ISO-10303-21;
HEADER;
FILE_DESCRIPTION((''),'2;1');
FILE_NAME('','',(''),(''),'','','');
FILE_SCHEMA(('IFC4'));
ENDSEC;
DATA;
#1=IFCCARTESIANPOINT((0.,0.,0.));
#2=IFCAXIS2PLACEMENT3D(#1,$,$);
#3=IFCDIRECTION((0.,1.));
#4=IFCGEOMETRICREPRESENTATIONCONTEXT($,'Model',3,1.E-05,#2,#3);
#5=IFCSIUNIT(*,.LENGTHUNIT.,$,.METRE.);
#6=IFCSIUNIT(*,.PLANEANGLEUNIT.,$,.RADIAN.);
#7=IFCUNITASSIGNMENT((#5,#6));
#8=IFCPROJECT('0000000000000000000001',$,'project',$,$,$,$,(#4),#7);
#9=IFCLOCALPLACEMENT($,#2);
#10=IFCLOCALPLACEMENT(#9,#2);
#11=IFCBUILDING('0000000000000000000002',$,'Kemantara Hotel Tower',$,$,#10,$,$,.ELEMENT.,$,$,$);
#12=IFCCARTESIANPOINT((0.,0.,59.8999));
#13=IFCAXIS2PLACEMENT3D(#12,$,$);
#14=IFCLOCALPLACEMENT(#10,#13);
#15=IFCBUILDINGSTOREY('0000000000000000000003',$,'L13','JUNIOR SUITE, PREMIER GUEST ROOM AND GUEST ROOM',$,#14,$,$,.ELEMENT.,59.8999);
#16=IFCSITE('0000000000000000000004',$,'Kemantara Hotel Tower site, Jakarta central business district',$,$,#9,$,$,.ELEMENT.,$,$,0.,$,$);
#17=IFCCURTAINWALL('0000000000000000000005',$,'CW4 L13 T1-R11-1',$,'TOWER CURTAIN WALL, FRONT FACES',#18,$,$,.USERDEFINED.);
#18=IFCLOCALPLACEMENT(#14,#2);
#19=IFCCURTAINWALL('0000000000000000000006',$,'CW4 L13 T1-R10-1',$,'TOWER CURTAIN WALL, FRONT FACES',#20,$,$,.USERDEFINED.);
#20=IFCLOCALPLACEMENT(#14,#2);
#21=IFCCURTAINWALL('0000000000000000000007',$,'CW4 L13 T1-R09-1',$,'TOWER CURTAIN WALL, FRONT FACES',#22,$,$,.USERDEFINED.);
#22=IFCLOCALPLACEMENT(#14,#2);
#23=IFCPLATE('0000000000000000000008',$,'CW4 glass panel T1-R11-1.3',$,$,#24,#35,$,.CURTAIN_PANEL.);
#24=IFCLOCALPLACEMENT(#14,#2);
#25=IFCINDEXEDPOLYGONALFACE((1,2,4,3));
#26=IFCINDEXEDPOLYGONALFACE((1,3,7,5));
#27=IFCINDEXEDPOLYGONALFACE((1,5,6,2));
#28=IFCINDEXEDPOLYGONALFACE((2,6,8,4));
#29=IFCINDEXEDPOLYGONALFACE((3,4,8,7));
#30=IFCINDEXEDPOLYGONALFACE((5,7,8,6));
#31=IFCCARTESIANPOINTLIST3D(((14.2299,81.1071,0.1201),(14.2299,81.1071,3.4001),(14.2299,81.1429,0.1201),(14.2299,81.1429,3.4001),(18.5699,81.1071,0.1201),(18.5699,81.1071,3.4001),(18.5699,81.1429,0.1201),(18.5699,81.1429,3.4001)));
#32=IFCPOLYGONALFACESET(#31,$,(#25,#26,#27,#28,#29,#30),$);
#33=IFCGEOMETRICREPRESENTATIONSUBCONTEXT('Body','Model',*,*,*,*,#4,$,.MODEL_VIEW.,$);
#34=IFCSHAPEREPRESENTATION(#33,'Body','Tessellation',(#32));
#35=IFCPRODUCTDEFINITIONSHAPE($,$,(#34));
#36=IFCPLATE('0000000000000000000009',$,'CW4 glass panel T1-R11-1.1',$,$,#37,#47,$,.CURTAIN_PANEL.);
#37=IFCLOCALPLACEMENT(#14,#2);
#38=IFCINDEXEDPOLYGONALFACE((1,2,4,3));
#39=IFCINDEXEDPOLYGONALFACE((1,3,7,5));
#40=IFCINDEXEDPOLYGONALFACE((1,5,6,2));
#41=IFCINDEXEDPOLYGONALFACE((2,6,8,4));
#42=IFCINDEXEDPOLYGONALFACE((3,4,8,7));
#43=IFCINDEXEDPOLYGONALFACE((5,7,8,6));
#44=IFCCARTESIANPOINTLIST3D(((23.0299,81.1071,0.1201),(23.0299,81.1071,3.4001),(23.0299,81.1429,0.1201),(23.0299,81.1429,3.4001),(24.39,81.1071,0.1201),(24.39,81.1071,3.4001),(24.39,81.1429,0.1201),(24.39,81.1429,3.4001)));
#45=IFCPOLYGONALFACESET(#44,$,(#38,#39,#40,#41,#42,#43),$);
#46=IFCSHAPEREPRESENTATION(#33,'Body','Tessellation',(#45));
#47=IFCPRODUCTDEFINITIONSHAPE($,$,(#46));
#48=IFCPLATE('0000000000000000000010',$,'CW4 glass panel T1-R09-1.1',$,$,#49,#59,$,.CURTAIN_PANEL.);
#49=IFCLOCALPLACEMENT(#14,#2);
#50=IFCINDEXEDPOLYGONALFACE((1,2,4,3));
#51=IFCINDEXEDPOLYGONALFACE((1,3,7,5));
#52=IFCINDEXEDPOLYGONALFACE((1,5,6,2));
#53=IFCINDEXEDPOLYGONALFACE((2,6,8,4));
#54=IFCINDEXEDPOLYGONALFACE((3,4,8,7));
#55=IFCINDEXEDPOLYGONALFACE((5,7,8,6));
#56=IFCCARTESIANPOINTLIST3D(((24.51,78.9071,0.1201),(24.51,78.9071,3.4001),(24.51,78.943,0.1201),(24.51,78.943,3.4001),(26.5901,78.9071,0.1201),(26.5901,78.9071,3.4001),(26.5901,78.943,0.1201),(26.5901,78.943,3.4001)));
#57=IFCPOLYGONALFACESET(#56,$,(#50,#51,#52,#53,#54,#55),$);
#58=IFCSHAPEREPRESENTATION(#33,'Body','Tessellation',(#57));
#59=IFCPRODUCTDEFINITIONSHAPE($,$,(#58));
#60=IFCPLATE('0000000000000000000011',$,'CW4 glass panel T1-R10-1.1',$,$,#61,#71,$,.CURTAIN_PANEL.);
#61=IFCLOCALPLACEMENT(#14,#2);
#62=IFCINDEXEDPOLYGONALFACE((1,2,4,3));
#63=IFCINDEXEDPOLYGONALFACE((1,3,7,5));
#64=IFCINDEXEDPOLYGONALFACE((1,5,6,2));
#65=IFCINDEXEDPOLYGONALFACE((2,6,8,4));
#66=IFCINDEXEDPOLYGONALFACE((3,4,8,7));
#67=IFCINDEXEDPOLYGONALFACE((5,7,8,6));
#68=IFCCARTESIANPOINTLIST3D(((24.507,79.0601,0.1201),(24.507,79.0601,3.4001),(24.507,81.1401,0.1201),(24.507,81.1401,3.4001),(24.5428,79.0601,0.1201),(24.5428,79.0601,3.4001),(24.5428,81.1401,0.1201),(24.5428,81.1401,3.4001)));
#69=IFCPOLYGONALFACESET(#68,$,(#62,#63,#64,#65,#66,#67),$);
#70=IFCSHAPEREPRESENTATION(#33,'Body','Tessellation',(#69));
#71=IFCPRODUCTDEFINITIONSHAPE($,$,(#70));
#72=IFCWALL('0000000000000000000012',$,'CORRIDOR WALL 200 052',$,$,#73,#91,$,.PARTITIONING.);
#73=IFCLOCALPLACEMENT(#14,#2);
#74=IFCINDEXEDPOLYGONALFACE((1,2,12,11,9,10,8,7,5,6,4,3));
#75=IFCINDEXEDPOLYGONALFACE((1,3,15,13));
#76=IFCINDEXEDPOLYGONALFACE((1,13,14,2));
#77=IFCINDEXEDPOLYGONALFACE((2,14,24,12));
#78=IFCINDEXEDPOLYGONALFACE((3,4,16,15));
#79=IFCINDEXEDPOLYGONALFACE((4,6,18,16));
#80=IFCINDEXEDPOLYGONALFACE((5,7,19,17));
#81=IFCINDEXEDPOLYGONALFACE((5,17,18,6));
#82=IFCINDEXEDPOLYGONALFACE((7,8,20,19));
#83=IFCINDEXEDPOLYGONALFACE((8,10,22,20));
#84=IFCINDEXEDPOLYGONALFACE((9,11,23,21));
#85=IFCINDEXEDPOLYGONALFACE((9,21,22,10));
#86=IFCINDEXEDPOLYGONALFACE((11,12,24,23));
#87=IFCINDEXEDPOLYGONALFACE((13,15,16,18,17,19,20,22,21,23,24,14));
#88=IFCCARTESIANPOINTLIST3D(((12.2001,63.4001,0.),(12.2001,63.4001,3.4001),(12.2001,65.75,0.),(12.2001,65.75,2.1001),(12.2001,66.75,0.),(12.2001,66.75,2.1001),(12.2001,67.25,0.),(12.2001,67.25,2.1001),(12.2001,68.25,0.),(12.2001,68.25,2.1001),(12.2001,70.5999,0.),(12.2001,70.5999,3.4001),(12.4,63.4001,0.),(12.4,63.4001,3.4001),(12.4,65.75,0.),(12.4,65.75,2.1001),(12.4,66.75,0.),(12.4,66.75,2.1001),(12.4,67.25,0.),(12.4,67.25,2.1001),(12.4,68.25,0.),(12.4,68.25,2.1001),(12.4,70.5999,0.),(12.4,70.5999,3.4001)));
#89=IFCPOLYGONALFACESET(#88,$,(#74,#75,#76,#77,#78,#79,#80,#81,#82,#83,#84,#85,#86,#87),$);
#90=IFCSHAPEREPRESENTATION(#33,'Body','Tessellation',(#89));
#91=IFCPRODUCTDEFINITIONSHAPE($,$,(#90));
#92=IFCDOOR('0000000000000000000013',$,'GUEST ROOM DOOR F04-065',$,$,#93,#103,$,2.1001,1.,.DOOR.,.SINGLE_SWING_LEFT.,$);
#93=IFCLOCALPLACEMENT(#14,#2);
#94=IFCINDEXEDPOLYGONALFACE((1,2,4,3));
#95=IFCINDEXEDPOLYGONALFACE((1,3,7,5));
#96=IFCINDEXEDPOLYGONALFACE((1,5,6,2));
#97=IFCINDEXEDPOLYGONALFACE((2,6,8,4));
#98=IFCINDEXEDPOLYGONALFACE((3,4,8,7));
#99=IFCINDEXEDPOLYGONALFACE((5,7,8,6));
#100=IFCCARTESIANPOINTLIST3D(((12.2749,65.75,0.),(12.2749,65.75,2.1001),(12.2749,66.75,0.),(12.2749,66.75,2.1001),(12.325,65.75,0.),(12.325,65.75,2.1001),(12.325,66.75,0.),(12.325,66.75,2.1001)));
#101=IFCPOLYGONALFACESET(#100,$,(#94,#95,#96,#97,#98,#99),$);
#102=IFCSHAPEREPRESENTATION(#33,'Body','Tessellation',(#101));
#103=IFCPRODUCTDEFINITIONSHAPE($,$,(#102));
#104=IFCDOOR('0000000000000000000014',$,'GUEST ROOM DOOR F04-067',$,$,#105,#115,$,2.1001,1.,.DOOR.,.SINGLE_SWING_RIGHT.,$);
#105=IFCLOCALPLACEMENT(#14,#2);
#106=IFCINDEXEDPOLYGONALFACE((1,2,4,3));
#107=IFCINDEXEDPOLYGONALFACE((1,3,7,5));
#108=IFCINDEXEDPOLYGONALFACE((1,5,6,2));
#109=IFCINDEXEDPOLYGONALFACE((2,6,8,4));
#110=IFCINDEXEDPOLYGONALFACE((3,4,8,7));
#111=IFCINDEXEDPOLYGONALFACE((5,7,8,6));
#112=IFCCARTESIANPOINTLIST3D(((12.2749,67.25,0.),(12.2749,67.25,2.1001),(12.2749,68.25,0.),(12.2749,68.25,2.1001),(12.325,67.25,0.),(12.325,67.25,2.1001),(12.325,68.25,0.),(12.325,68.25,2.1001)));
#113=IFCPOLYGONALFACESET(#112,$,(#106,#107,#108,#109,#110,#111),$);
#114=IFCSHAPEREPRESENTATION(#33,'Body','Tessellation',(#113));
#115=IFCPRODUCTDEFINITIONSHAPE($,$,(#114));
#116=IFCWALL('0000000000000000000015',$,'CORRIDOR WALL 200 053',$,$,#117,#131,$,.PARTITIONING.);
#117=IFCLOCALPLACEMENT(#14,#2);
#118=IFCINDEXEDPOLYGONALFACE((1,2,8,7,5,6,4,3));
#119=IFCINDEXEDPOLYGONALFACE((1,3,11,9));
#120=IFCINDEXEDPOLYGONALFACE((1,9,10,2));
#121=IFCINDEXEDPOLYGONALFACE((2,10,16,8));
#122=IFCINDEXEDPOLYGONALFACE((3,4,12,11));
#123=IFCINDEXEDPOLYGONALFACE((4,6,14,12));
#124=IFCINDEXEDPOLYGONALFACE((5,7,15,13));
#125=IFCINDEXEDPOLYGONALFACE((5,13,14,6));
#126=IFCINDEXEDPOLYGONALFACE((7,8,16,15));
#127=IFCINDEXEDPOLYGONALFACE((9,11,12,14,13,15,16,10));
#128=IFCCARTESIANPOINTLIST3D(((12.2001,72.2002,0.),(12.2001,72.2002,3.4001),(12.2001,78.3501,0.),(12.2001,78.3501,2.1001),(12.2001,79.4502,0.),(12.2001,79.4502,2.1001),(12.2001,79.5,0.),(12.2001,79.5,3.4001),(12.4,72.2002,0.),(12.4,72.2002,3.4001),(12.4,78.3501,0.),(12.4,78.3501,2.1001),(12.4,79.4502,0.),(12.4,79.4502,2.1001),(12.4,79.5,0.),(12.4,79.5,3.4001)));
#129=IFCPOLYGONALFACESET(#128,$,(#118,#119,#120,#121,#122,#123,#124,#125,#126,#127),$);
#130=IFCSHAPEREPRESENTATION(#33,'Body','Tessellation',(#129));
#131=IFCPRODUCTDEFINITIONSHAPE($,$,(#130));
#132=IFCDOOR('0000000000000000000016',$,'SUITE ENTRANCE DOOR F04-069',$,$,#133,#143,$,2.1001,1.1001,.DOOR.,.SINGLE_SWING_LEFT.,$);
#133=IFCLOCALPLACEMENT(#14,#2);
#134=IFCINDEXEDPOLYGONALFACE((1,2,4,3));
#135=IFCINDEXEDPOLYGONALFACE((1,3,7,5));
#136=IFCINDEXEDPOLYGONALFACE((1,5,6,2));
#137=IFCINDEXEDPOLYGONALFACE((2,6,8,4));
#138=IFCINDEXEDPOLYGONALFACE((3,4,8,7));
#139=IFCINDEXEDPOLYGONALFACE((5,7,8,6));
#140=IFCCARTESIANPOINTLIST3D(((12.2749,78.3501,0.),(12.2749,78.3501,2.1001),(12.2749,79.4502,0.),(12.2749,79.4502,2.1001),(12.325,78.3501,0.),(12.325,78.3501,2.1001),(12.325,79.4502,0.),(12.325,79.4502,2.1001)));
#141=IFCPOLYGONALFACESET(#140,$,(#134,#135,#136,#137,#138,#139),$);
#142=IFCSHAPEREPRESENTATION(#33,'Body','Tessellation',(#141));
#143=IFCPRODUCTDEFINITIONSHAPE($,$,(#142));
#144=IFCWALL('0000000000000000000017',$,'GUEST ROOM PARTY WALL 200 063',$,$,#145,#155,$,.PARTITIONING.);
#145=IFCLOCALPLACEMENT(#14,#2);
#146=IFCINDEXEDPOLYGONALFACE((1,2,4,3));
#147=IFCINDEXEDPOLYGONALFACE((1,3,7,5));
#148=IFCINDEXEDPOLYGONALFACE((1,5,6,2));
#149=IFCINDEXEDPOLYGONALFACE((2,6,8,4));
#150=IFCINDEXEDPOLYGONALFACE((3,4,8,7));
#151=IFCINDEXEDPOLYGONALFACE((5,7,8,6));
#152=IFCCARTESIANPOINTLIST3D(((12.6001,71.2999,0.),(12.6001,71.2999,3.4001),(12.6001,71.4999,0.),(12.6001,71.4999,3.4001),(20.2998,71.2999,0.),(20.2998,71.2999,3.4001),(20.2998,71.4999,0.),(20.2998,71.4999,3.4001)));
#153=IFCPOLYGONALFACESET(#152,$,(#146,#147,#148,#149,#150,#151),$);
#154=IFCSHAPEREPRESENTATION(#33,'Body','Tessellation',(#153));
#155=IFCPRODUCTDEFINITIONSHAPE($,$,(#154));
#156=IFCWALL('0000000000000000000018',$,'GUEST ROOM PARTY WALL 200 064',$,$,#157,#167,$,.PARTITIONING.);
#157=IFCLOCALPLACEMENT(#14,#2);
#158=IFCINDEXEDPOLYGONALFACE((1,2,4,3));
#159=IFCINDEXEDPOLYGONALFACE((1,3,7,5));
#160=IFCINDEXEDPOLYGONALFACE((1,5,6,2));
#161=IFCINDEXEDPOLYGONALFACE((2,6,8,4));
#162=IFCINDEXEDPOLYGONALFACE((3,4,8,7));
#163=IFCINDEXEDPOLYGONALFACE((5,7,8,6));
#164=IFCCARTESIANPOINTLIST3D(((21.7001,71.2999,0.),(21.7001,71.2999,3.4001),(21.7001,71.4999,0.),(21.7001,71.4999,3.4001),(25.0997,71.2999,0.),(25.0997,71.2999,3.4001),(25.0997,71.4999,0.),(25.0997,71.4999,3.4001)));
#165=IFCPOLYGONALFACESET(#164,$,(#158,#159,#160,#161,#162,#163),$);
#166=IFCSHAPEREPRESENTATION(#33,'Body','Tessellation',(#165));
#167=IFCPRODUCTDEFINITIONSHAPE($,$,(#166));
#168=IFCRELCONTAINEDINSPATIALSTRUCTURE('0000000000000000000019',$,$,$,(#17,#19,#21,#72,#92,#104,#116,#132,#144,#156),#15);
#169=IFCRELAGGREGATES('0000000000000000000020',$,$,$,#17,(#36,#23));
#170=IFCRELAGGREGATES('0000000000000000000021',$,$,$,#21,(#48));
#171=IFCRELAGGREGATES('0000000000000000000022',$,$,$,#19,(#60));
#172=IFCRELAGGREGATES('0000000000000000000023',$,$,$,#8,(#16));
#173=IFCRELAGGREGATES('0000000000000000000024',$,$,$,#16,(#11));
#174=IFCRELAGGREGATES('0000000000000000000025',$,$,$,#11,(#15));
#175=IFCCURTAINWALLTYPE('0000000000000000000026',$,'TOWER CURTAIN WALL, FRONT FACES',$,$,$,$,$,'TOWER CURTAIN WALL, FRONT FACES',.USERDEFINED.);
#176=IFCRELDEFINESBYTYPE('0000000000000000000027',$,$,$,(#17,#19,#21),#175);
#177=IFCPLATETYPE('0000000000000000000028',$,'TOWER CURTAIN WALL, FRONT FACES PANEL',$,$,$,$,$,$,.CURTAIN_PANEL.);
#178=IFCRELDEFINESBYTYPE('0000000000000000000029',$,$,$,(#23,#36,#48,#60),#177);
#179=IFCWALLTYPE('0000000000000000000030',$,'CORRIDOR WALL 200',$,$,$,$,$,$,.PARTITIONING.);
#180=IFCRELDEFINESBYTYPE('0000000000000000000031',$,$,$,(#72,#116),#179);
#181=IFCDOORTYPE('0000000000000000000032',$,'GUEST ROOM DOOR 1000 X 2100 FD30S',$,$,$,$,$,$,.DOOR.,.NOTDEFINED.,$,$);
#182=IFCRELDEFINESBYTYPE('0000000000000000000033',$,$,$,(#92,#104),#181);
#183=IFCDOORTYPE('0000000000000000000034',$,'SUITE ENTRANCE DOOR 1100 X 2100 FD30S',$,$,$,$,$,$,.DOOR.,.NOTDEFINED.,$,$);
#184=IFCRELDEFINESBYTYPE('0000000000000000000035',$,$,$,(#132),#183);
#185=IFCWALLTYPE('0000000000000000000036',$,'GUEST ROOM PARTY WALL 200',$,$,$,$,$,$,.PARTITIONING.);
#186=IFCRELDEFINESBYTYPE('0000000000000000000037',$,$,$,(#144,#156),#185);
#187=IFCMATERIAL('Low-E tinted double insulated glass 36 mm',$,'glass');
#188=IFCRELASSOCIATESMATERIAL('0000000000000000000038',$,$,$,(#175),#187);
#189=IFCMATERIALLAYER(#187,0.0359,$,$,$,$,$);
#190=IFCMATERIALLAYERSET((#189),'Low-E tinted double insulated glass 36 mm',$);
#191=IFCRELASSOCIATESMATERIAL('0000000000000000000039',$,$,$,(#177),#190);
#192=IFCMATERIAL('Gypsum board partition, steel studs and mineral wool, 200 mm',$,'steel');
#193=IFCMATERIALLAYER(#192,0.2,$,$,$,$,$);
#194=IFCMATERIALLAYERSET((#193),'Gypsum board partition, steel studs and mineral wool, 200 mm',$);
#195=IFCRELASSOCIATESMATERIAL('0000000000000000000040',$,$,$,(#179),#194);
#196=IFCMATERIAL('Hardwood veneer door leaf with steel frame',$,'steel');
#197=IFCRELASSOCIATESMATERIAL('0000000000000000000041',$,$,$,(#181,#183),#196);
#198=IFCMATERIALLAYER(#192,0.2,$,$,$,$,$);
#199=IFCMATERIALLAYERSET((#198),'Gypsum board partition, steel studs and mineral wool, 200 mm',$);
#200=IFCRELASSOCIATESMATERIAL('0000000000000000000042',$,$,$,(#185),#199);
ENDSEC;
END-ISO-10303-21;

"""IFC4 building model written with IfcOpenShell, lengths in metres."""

from ifc_helpers import new_model, si_unit, direction, frame, frame_2d, origin, origin_2d, place, context, subcontext, project, spatial, rectangle, extrude, source, transform, mapped, material, layer, layer_set, type_object, element, fill, aggregate, save


model = new_model("IFC4")

# Units and contexts
model_context = context("Model", 3, precision=1e-05, world=origin(), true_north=direction((0.0, 1.0)))
body_context = subcontext(model_context, "Body", "Model", "MODEL_VIEW")
ifc_project = project(units=[si_unit("LENGTHUNIT", "METRE"), si_unit("PLANEANGLEUNIT", "RADIAN")], contexts=[model_context])

# Site, building, storey
site_placement = place(None, origin())
site = spatial("IfcSite", under=ifc_project, at=site_placement, Name="Kemantara Hotel Tower site, Jakarta central business district", CompositionType="ELEMENT", RefElevation=0.0)
building_placement = place(site_placement, origin())
building = spatial("IfcBuilding", under=site, at=building_placement, Name="Kemantara Hotel Tower", CompositionType="ELEMENT")
storey_placement = place(building_placement, frame((0.0, 0.0, 59.8999)))
storey = spatial("IfcBuildingStorey", under=building, at=storey_placement, Name="L13", Description="JUNIOR SUITE, PREMIER GUEST ROOM AND GUEST ROOM", CompositionType="ELEMENT", Elevation=59.8999)

# Curtain walls
ifc_material_1 = material(Name="Low-E tinted double insulated glass 36 mm", Category="glass")
curtain_wall_type = type_object("IfcCurtainWallType", Name="TOWER CURTAIN WALL, FRONT FACES", ElementType="TOWER CURTAIN WALL, FRONT FACES", PredefinedType="USERDEFINED", material=ifc_material_1)
curtain_wall_1_placement = place(storey_placement, origin())
curtain_wall_1 = element("IfcCurtainWall", 1, at=curtain_wall_1_placement, inside=storey, type_object=curtain_wall_type, Name="CW4 L13 T1-R11-1", ObjectType="TOWER CURTAIN WALL, FRONT FACES", PredefinedType="USERDEFINED")
curtain_wall_2_placement = place(storey_placement, origin())
curtain_wall_2 = element("IfcCurtainWall", 2, at=curtain_wall_2_placement, inside=storey, type_object=curtain_wall_type, Name="CW4 L13 T1-R10-1", ObjectType="TOWER CURTAIN WALL, FRONT FACES", PredefinedType="USERDEFINED")

# Curtain wall
curtain_wall_3_placement = place(storey_placement, origin())
curtain_wall_3 = element("IfcCurtainWall", 3, at=curtain_wall_3_placement, inside=storey, type_object=curtain_wall_type, Name="CW4 L13 T1-R09-1", ObjectType="TOWER CURTAIN WALL, FRONT FACES", PredefinedType="USERDEFINED")

# Plates
ifc_layer_1 = layer(ifc_material_1, 0.0359)
ifc_layer_set_1 = layer_set([ifc_layer_1], Name="Low-E tinted double insulated glass 36 mm")
plate_type = type_object("IfcPlateType", Name="TOWER CURTAIN WALL, FRONT FACES PANEL", PredefinedType="CURTAIN_PANEL", material=ifc_layer_set_1)
shared_shape_1 = source(origin(), body_context, "Body", "SweptSolid", [
    extrude(rectangle(XDim=4.3401, YDim=0.0359, at=origin_2d()), origin(), (0.0, 0.0, 1.0), 3.28),
])
plate_1_placement = place(storey_placement, frame((16.3999, 81.125, 0.1201), z_axis=(0.0, 0.0, 1.0), x_axis=(-1.0, 0.0, 0.0)))
plate_1 = element("IfcPlate", 4, at=plate_1_placement, type_object=plate_type, Name="CW4 glass panel T1-R11-1.3", PredefinedType="CURTAIN_PANEL", context=body_context, shape_type="MappedRepresentation", body=[
    mapped(shared_shape_1, transform((0.0, 0.0, 0.0))),
])
shared_shape_2 = source(origin(), body_context, "Body", "SweptSolid", [
    extrude(rectangle(XDim=1.3601, YDim=0.0359, at=origin_2d()), origin(), (0.0, 0.0, 1.0), 3.28),
])
plate_2_placement = place(storey_placement, frame((23.71, 81.125, 0.1201), z_axis=(0.0, 0.0, 1.0), x_axis=(-1.0, 0.0, 0.0)))
plate_2 = element("IfcPlate", 5, at=plate_2_placement, type_object=plate_type, Name="CW4 glass panel T1-R11-1.1", PredefinedType="CURTAIN_PANEL", context=body_context, shape_type="MappedRepresentation", body=[
    mapped(shared_shape_2, transform((0.0, 0.0, 0.0))),
])
aggregate(curtain_wall_1, [plate_2, plate_1])
shared_shape_3 = source(origin(), body_context, "Body", "SweptSolid", [
    extrude(rectangle(XDim=2.0801, YDim=0.0359, at=origin_2d()), origin(), (0.0, 0.0, 1.0), 3.28),
])
plate_3_placement = place(storey_placement, frame((25.55, 78.925, 0.1201), z_axis=(0.0, 0.0, 1.0), x_axis=(-1.0, 0.0, 0.0)))
plate_3 = element("IfcPlate", 6, at=plate_3_placement, type_object=plate_type, Name="CW4 glass panel T1-R09-1.1", PredefinedType="CURTAIN_PANEL", context=body_context, shape_type="MappedRepresentation", body=[
    mapped(shared_shape_3, transform((0.0, 0.0, 0.0))),
])
aggregate(curtain_wall_3, [plate_3])
plate_4_placement = place(storey_placement, frame((24.5249, 80.1001, 0.1201), z_axis=(0.0, 0.0, 1.0), x_axis=(0.0, 1.0, 0.0)))
plate_4 = element("IfcPlate", 7, at=plate_4_placement, type_object=plate_type, Name="CW4 glass panel T1-R10-1.1", PredefinedType="CURTAIN_PANEL", context=body_context, shape_type="MappedRepresentation", body=[
    mapped(shared_shape_3, transform((0.0, 0.0, 0.0))),
])
aggregate(curtain_wall_2, [plate_4])

# Wall, openings, doors
ifc_material_2 = material(Name="Gypsum board partition, steel studs and mineral wool, 200 mm", Category="steel")
ifc_layer_2 = layer(ifc_material_2, 0.2)
ifc_layer_set_2 = layer_set([ifc_layer_2], Name="Gypsum board partition, steel studs and mineral wool, 200 mm")
wall_type_1 = type_object("IfcWallType", Name="CORRIDOR WALL 200", PredefinedType="PARTITIONING", material=ifc_layer_set_2)
wall_1_placement = place(storey_placement, frame((12.3, 70.5999, 0.0), z_axis=(0.0, 0.0, 1.0), x_axis=(0.0, -1.0, 0.0)))
wall_1 = element("IfcWall", 8, at=wall_1_placement, inside=storey, type_object=wall_type_1, Name="CORRIDOR WALL 200 052", PredefinedType="PARTITIONING", context=body_context, shape_type="SweptSolid", body=[
    extrude(rectangle(XDim=7.1997, YDim=0.2, at=frame_2d((3.5999, 0.0))), origin(), (0.0, 0.0, 1.0), 3.4001),
])
opening_1_placement = place(wall_1_placement, frame((3.8499, 0.0, 0.0)))
opening_1 = element("IfcOpeningElement", 9, at=opening_1_placement, cuts=wall_1, PredefinedType="OPENING", context=body_context, shape_type="SweptSolid", body=[
    extrude(rectangle(XDim=1.0, YDim=2.1001, at=frame_2d((0.5, 1.05))), frame((0.0, 0.1099, 0.0), z_axis=(0.0, -1.0, 0.0), x_axis=(1.0, 0.0, 0.0)), (0.0, 0.0, 1.0), 0.22),
])
opening_2_placement = place(wall_1_placement, frame((2.3499, 0.0, 0.0)))
opening_2 = element("IfcOpeningElement", 10, at=opening_2_placement, cuts=wall_1, PredefinedType="OPENING", context=body_context, shape_type="SweptSolid", body=[
    extrude(rectangle(XDim=1.0, YDim=2.1001, at=frame_2d((0.5, 1.05))), frame((0.0, 0.1099, 0.0), z_axis=(0.0, -1.0, 0.0), x_axis=(1.0, 0.0, 0.0)), (0.0, 0.0, 1.0), 0.22),
])
ifc_material_3 = material(Name="Hardwood veneer door leaf with steel frame", Category="steel")
door_type_1 = type_object("IfcDoorType", Name="GUEST ROOM DOOR 1000 X 2100 FD30S", OperationType="NOTDEFINED", PredefinedType="DOOR", material=ifc_material_3)
door_1_placement = place(opening_1_placement, origin())
door_1 = element("IfcDoor", 11, at=door_1_placement, inside=storey, type_object=door_type_1, Name="GUEST ROOM DOOR F04-065", OperationType="SINGLE_SWING_LEFT", OverallHeight=2.1001, OverallWidth=1.0, PredefinedType="DOOR", context=body_context, shape_type="SweptSolid", body=[
    extrude(rectangle(XDim=1.0, YDim=2.1001, at=frame_2d((0.5, 1.05))), frame((0.0, 0.0249, 0.0), z_axis=(0.0, -1.0, 0.0), x_axis=(1.0, 0.0, 0.0)), (0.0, 0.0, 1.0), 0.05),
])
fill(opening_1, door_1)
door_2_placement = place(opening_2_placement, origin())
door_2 = element("IfcDoor", 12, at=door_2_placement, inside=storey, type_object=door_type_1, Name="GUEST ROOM DOOR F04-067", OperationType="SINGLE_SWING_RIGHT", OverallHeight=2.1001, OverallWidth=1.0, PredefinedType="DOOR", context=body_context, shape_type="SweptSolid", body=[
    extrude(rectangle(XDim=1.0, YDim=2.1001, at=frame_2d((0.5, 1.05))), frame((0.0, 0.0249, 0.0), z_axis=(0.0, -1.0, 0.0), x_axis=(1.0, 0.0, 0.0)), (0.0, 0.0, 1.0), 0.05),
])
fill(opening_2, door_2)

# Wall, opening, door
wall_2_placement = place(storey_placement, frame((12.3, 79.5, 0.0), z_axis=(0.0, 0.0, 1.0), x_axis=(0.0, -1.0, 0.0)))
wall_2 = element("IfcWall", 13, at=wall_2_placement, inside=storey, type_object=wall_type_1, Name="CORRIDOR WALL 200 053", PredefinedType="PARTITIONING", context=body_context, shape_type="SweptSolid", body=[
    extrude(rectangle(XDim=7.2998, YDim=0.2, at=frame_2d((3.6499, 0.0))), origin(), (0.0, 0.0, 1.0), 3.4001),
])
opening_3_placement = place(wall_2_placement, frame((0.0498, 0.0, 0.0)))
opening_3 = element("IfcOpeningElement", 14, at=opening_3_placement, cuts=wall_2, PredefinedType="OPENING", context=body_context, shape_type="SweptSolid", body=[
    extrude(rectangle(XDim=1.1001, YDim=2.1001, at=frame_2d((0.55, 1.05))), frame((0.0, 0.1099, 0.0), z_axis=(0.0, -1.0, 0.0), x_axis=(1.0, 0.0, 0.0)), (0.0, 0.0, 1.0), 0.22),
])
door_type_2 = type_object("IfcDoorType", Name="SUITE ENTRANCE DOOR 1100 X 2100 FD30S", OperationType="NOTDEFINED", PredefinedType="DOOR", material=ifc_material_3)
door_3_placement = place(opening_3_placement, origin())
door_3 = element("IfcDoor", 15, at=door_3_placement, inside=storey, type_object=door_type_2, Name="SUITE ENTRANCE DOOR F04-069", OperationType="SINGLE_SWING_LEFT", OverallHeight=2.1001, OverallWidth=1.1001, PredefinedType="DOOR", context=body_context, shape_type="SweptSolid", body=[
    extrude(rectangle(XDim=1.1001, YDim=2.1001, at=frame_2d((0.55, 1.05))), frame((0.0, 0.0249, 0.0), z_axis=(0.0, -1.0, 0.0), x_axis=(1.0, 0.0, 0.0)), (0.0, 0.0, 1.0), 0.05),
])
fill(opening_3, door_3)

# Walls
ifc_layer_3 = layer(ifc_material_2, 0.2)
ifc_layer_set_3 = layer_set([ifc_layer_3], Name="Gypsum board partition, steel studs and mineral wool, 200 mm")
wall_type_2 = type_object("IfcWallType", Name="GUEST ROOM PARTY WALL 200", PredefinedType="PARTITIONING", material=ifc_layer_set_3)
wall_3_placement = place(storey_placement, frame((12.6001, 71.3999, 0.0), z_axis=(0.0, 0.0, 1.0), x_axis=(1.0, 0.0, 0.0)))
element("IfcWall", 16, at=wall_3_placement, inside=storey, type_object=wall_type_2, Name="GUEST ROOM PARTY WALL 200 063", PredefinedType="PARTITIONING", context=body_context, shape_type="SweptSolid", body=[
    extrude(rectangle(XDim=7.6997, YDim=0.2, at=frame_2d((3.8499, 0.0))), origin(), (0.0, 0.0, 1.0), 3.4001),
])
wall_4_placement = place(storey_placement, frame((21.7002, 71.3999, 0.0), z_axis=(0.0, 0.0, 1.0), x_axis=(1.0, 0.0, 0.0)))
element("IfcWall", 17, at=wall_4_placement, inside=storey, type_object=wall_type_2, Name="GUEST ROOM PARTY WALL 200 064", PredefinedType="PARTITIONING", context=body_context, shape_type="SweptSolid", body=[
    extrude(rectangle(XDim=3.3997, YDim=0.2, at=frame_2d((1.6997, 0.0))), origin(), (0.0, 0.0, 1.0), 3.4001),
])

save(model, "model.ifc")
